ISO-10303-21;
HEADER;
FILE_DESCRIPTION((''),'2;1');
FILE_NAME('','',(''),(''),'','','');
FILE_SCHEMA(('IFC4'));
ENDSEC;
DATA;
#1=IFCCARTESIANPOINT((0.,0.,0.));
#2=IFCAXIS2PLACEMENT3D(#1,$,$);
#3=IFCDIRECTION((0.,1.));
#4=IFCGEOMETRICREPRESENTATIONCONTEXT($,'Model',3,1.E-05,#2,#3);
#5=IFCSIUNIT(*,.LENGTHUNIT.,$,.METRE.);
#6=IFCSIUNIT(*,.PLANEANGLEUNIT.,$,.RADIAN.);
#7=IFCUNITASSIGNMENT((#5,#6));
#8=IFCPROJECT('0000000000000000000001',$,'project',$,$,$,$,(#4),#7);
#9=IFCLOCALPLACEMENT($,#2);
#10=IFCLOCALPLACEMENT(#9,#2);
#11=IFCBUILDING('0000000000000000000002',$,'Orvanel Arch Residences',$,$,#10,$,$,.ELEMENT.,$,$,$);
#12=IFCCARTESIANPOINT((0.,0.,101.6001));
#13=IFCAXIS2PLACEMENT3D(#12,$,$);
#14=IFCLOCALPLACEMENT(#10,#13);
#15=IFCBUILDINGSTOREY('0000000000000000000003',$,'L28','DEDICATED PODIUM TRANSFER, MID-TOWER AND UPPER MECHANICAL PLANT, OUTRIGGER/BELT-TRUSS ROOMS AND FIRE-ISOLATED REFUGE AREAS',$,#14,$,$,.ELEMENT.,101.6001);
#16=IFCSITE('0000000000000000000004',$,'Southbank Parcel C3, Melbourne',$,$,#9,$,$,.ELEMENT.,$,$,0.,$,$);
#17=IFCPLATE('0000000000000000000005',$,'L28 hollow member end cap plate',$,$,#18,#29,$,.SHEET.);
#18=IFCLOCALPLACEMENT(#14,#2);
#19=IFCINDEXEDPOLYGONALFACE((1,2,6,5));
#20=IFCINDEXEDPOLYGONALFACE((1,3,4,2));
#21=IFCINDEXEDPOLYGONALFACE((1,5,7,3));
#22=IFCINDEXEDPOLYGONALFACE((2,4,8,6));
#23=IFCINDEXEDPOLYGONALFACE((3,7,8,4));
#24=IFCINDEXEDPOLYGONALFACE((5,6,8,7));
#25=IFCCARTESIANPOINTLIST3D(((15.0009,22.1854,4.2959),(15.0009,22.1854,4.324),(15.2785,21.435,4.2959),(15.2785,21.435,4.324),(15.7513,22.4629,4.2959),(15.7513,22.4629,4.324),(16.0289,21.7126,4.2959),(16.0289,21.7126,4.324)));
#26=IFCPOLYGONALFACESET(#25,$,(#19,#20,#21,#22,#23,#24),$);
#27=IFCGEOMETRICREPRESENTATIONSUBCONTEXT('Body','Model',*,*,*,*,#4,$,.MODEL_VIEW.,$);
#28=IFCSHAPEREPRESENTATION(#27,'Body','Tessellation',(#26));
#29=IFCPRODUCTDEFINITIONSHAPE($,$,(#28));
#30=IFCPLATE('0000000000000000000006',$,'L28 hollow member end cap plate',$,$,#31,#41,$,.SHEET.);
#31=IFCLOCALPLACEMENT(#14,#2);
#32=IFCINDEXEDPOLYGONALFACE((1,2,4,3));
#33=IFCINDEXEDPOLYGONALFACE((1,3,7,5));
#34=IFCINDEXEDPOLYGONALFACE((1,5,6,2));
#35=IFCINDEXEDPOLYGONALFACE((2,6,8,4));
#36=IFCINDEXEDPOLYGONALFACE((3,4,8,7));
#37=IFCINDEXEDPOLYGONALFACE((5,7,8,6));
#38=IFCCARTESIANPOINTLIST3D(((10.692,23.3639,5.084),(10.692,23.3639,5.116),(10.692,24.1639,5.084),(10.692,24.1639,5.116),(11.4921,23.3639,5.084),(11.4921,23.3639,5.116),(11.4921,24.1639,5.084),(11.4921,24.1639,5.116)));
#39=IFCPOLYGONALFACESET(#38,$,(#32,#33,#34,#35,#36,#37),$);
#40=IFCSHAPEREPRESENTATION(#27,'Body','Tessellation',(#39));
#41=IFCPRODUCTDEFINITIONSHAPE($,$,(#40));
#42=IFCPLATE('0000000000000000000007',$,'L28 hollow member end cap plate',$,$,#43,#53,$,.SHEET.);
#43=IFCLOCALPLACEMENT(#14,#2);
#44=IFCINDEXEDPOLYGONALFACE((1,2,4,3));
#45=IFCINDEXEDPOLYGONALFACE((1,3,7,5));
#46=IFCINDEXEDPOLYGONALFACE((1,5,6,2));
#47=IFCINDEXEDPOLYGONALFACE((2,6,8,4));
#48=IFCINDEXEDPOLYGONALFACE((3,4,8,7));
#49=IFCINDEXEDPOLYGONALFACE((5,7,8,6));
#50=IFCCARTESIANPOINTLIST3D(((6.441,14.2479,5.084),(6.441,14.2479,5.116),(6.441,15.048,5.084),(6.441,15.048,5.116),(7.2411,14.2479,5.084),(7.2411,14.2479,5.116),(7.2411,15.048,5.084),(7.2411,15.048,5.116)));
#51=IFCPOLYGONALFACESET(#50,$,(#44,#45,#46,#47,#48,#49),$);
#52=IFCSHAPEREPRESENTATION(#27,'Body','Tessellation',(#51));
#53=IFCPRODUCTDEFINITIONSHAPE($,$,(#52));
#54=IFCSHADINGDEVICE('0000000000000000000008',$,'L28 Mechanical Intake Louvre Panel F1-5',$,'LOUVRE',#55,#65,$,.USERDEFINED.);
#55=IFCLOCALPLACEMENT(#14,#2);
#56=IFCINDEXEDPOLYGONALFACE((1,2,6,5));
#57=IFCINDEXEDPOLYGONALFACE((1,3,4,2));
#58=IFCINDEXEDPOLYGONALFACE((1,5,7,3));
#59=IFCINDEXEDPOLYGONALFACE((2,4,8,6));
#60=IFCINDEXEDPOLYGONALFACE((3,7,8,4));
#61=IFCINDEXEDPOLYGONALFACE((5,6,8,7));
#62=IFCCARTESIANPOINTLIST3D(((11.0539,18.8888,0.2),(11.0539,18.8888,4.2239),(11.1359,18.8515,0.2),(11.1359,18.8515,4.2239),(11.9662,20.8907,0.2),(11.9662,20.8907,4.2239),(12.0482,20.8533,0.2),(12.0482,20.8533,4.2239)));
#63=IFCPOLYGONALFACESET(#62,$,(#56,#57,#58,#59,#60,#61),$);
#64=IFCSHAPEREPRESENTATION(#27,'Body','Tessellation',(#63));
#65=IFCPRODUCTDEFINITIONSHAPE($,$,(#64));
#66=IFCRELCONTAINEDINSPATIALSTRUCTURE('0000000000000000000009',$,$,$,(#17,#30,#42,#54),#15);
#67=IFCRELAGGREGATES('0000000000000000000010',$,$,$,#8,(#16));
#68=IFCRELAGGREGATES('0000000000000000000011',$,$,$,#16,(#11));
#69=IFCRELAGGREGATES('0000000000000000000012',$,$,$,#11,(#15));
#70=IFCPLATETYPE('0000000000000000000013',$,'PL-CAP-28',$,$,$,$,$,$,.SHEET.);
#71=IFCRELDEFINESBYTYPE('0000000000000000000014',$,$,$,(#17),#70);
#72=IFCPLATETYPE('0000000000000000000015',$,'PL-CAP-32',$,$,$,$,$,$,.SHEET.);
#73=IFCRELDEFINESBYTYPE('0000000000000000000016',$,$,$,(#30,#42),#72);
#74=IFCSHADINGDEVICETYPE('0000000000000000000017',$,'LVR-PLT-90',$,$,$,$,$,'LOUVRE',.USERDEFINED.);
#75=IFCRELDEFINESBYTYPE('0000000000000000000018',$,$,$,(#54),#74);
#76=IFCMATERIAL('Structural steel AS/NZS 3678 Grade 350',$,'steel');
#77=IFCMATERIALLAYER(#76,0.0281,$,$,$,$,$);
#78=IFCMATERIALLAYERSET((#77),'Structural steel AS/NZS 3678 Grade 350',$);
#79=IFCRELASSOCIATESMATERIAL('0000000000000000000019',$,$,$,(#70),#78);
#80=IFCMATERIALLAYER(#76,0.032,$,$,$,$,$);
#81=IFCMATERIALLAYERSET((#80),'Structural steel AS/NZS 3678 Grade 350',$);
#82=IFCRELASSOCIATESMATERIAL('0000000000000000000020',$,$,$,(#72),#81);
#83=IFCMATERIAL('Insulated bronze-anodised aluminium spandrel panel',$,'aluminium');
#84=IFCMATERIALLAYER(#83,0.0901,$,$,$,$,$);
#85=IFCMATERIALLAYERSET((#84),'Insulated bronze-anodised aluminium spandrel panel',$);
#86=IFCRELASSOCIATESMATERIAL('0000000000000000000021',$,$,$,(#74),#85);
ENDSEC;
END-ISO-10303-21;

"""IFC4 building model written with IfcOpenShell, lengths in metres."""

from ifc_helpers import new_model, si_unit, direction, frame, origin, origin_2d, place, context, subcontext, project, spatial, rectangle, extrude, material, layer, layer_set, type_object, element, save


model = new_model("IFC4")

# Units and contexts
model_context = context("Model", 3, precision=1e-05, world=origin(), true_north=direction((0.0, 1.0)))
body_context = subcontext(model_context, "Body", "Model", "MODEL_VIEW")
ifc_project = project(units=[si_unit("LENGTHUNIT", "METRE"), si_unit("PLANEANGLEUNIT", "RADIAN")], contexts=[model_context])

# Site, building, storey
site_placement = place(None, origin())
site = spatial("IfcSite", under=ifc_project, at=site_placement, Name="Southbank Parcel C3, Melbourne", CompositionType="ELEMENT", RefElevation=0.0)
building_placement = place(site_placement, origin())
building = spatial("IfcBuilding", under=site, at=building_placement, Name="Orvanel Arch Residences", CompositionType="ELEMENT")
storey_placement = place(building_placement, frame((0.0, 0.0, 101.6001)))
storey = spatial("IfcBuildingStorey", under=building, at=storey_placement, Name="L28", Description="DEDICATED PODIUM TRANSFER, MID-TOWER AND UPPER MECHANICAL PLANT, OUTRIGGER/BELT-TRUSS ROOMS AND FIRE-ISOLATED REFUGE AREAS", CompositionType="ELEMENT", Elevation=101.6001)

# Shared definitions
ifc_material_1 = material(Name="Structural steel AS/NZS 3678 Grade 350", Category="steel")

# Plates
ifc_layer_1 = layer(ifc_material_1, 0.0281)
ifc_layer_set_1 = layer_set([ifc_layer_1], Name="Structural steel AS/NZS 3678 Grade 350")
plate_type_1 = type_object("IfcPlateType", Name="PL-CAP-28", PredefinedType="SHEET", material=ifc_layer_set_1)
for number, where, z_axis, x_axis, name in (
    (1, (15.5149, 21.949, 4.2959), (0.0, 0.0, 1.0), (-0.346936, 0.937889, 0.0), "L28 hollow member end cap plate"),
):
    element("IfcPlate", number, at=place(storey_placement, frame(where, z_axis=z_axis, x_axis=x_axis)), inside=storey, type_object=plate_type_1, Name=name, PredefinedType="SHEET", context=body_context, shape_type="SweptSolid", body=[
        extrude(rectangle(XDim=0.8, YDim=0.8, at=origin_2d()), origin(), (0.0, 0.0, 1.0), 0.0281),
    ])
ifc_layer_2 = layer(ifc_material_1, 0.032)
ifc_layer_set_2 = layer_set([ifc_layer_2], Name="Structural steel AS/NZS 3678 Grade 350")
plate_type_2 = type_object("IfcPlateType", Name="PL-CAP-32", PredefinedType="SHEET", material=ifc_layer_set_2)
for number, where, z_axis, x_axis, name in (
    (2, (11.092, 23.7639, 5.084), (0.0, 0.0, 1.0), (1.0, 0.0, 0.0), "L28 hollow member end cap plate"),
    (3, (6.8411, 14.6479, 5.084), (0.0, 0.0, 1.0), (1.0, 0.0, 0.0), "L28 hollow member end cap plate"),
):
    element("IfcPlate", number, at=place(storey_placement, frame(where, z_axis=z_axis, x_axis=x_axis)), inside=storey, type_object=plate_type_2, Name=name, PredefinedType="SHEET", context=body_context, shape_type="SweptSolid", body=[
        extrude(rectangle(XDim=0.8, YDim=0.8, at=origin_2d()), origin(), (0.0, 0.0, 1.0), 0.032),
    ])

# Shading device
ifc_material_2 = material(Name="Insulated bronze-anodised aluminium spandrel panel", Category="aluminium")
ifc_layer_3 = layer(ifc_material_2, 0.0901)
ifc_layer_set_3 = layer_set([ifc_layer_3], Name="Insulated bronze-anodised aluminium spandrel panel")
shading_device_type = type_object("IfcShadingDeviceType", Name="LVR-PLT-90", ElementType="LOUVRE", PredefinedType="USERDEFINED", material=ifc_layer_set_3)
shading_device_placement = place(storey_placement, frame((11.551, 19.8711, 0.2), z_axis=(0.0, 0.0, 1.0), x_axis=(-0.414693, -0.909961, 0.0)))
element("IfcShadingDevice", 4, at=shading_device_placement, inside=storey, type_object=shading_device_type, Name="L28 Mechanical Intake Louvre Panel F1-5", ObjectType="LOUVRE", PredefinedType="USERDEFINED", context=body_context, shape_type="SweptSolid", body=[
    extrude(rectangle(XDim=2.2, YDim=0.0901, at=origin_2d()), origin(), (0.0, 0.0, 1.0), 4.0239),
])

save(model, "model.ifc")
